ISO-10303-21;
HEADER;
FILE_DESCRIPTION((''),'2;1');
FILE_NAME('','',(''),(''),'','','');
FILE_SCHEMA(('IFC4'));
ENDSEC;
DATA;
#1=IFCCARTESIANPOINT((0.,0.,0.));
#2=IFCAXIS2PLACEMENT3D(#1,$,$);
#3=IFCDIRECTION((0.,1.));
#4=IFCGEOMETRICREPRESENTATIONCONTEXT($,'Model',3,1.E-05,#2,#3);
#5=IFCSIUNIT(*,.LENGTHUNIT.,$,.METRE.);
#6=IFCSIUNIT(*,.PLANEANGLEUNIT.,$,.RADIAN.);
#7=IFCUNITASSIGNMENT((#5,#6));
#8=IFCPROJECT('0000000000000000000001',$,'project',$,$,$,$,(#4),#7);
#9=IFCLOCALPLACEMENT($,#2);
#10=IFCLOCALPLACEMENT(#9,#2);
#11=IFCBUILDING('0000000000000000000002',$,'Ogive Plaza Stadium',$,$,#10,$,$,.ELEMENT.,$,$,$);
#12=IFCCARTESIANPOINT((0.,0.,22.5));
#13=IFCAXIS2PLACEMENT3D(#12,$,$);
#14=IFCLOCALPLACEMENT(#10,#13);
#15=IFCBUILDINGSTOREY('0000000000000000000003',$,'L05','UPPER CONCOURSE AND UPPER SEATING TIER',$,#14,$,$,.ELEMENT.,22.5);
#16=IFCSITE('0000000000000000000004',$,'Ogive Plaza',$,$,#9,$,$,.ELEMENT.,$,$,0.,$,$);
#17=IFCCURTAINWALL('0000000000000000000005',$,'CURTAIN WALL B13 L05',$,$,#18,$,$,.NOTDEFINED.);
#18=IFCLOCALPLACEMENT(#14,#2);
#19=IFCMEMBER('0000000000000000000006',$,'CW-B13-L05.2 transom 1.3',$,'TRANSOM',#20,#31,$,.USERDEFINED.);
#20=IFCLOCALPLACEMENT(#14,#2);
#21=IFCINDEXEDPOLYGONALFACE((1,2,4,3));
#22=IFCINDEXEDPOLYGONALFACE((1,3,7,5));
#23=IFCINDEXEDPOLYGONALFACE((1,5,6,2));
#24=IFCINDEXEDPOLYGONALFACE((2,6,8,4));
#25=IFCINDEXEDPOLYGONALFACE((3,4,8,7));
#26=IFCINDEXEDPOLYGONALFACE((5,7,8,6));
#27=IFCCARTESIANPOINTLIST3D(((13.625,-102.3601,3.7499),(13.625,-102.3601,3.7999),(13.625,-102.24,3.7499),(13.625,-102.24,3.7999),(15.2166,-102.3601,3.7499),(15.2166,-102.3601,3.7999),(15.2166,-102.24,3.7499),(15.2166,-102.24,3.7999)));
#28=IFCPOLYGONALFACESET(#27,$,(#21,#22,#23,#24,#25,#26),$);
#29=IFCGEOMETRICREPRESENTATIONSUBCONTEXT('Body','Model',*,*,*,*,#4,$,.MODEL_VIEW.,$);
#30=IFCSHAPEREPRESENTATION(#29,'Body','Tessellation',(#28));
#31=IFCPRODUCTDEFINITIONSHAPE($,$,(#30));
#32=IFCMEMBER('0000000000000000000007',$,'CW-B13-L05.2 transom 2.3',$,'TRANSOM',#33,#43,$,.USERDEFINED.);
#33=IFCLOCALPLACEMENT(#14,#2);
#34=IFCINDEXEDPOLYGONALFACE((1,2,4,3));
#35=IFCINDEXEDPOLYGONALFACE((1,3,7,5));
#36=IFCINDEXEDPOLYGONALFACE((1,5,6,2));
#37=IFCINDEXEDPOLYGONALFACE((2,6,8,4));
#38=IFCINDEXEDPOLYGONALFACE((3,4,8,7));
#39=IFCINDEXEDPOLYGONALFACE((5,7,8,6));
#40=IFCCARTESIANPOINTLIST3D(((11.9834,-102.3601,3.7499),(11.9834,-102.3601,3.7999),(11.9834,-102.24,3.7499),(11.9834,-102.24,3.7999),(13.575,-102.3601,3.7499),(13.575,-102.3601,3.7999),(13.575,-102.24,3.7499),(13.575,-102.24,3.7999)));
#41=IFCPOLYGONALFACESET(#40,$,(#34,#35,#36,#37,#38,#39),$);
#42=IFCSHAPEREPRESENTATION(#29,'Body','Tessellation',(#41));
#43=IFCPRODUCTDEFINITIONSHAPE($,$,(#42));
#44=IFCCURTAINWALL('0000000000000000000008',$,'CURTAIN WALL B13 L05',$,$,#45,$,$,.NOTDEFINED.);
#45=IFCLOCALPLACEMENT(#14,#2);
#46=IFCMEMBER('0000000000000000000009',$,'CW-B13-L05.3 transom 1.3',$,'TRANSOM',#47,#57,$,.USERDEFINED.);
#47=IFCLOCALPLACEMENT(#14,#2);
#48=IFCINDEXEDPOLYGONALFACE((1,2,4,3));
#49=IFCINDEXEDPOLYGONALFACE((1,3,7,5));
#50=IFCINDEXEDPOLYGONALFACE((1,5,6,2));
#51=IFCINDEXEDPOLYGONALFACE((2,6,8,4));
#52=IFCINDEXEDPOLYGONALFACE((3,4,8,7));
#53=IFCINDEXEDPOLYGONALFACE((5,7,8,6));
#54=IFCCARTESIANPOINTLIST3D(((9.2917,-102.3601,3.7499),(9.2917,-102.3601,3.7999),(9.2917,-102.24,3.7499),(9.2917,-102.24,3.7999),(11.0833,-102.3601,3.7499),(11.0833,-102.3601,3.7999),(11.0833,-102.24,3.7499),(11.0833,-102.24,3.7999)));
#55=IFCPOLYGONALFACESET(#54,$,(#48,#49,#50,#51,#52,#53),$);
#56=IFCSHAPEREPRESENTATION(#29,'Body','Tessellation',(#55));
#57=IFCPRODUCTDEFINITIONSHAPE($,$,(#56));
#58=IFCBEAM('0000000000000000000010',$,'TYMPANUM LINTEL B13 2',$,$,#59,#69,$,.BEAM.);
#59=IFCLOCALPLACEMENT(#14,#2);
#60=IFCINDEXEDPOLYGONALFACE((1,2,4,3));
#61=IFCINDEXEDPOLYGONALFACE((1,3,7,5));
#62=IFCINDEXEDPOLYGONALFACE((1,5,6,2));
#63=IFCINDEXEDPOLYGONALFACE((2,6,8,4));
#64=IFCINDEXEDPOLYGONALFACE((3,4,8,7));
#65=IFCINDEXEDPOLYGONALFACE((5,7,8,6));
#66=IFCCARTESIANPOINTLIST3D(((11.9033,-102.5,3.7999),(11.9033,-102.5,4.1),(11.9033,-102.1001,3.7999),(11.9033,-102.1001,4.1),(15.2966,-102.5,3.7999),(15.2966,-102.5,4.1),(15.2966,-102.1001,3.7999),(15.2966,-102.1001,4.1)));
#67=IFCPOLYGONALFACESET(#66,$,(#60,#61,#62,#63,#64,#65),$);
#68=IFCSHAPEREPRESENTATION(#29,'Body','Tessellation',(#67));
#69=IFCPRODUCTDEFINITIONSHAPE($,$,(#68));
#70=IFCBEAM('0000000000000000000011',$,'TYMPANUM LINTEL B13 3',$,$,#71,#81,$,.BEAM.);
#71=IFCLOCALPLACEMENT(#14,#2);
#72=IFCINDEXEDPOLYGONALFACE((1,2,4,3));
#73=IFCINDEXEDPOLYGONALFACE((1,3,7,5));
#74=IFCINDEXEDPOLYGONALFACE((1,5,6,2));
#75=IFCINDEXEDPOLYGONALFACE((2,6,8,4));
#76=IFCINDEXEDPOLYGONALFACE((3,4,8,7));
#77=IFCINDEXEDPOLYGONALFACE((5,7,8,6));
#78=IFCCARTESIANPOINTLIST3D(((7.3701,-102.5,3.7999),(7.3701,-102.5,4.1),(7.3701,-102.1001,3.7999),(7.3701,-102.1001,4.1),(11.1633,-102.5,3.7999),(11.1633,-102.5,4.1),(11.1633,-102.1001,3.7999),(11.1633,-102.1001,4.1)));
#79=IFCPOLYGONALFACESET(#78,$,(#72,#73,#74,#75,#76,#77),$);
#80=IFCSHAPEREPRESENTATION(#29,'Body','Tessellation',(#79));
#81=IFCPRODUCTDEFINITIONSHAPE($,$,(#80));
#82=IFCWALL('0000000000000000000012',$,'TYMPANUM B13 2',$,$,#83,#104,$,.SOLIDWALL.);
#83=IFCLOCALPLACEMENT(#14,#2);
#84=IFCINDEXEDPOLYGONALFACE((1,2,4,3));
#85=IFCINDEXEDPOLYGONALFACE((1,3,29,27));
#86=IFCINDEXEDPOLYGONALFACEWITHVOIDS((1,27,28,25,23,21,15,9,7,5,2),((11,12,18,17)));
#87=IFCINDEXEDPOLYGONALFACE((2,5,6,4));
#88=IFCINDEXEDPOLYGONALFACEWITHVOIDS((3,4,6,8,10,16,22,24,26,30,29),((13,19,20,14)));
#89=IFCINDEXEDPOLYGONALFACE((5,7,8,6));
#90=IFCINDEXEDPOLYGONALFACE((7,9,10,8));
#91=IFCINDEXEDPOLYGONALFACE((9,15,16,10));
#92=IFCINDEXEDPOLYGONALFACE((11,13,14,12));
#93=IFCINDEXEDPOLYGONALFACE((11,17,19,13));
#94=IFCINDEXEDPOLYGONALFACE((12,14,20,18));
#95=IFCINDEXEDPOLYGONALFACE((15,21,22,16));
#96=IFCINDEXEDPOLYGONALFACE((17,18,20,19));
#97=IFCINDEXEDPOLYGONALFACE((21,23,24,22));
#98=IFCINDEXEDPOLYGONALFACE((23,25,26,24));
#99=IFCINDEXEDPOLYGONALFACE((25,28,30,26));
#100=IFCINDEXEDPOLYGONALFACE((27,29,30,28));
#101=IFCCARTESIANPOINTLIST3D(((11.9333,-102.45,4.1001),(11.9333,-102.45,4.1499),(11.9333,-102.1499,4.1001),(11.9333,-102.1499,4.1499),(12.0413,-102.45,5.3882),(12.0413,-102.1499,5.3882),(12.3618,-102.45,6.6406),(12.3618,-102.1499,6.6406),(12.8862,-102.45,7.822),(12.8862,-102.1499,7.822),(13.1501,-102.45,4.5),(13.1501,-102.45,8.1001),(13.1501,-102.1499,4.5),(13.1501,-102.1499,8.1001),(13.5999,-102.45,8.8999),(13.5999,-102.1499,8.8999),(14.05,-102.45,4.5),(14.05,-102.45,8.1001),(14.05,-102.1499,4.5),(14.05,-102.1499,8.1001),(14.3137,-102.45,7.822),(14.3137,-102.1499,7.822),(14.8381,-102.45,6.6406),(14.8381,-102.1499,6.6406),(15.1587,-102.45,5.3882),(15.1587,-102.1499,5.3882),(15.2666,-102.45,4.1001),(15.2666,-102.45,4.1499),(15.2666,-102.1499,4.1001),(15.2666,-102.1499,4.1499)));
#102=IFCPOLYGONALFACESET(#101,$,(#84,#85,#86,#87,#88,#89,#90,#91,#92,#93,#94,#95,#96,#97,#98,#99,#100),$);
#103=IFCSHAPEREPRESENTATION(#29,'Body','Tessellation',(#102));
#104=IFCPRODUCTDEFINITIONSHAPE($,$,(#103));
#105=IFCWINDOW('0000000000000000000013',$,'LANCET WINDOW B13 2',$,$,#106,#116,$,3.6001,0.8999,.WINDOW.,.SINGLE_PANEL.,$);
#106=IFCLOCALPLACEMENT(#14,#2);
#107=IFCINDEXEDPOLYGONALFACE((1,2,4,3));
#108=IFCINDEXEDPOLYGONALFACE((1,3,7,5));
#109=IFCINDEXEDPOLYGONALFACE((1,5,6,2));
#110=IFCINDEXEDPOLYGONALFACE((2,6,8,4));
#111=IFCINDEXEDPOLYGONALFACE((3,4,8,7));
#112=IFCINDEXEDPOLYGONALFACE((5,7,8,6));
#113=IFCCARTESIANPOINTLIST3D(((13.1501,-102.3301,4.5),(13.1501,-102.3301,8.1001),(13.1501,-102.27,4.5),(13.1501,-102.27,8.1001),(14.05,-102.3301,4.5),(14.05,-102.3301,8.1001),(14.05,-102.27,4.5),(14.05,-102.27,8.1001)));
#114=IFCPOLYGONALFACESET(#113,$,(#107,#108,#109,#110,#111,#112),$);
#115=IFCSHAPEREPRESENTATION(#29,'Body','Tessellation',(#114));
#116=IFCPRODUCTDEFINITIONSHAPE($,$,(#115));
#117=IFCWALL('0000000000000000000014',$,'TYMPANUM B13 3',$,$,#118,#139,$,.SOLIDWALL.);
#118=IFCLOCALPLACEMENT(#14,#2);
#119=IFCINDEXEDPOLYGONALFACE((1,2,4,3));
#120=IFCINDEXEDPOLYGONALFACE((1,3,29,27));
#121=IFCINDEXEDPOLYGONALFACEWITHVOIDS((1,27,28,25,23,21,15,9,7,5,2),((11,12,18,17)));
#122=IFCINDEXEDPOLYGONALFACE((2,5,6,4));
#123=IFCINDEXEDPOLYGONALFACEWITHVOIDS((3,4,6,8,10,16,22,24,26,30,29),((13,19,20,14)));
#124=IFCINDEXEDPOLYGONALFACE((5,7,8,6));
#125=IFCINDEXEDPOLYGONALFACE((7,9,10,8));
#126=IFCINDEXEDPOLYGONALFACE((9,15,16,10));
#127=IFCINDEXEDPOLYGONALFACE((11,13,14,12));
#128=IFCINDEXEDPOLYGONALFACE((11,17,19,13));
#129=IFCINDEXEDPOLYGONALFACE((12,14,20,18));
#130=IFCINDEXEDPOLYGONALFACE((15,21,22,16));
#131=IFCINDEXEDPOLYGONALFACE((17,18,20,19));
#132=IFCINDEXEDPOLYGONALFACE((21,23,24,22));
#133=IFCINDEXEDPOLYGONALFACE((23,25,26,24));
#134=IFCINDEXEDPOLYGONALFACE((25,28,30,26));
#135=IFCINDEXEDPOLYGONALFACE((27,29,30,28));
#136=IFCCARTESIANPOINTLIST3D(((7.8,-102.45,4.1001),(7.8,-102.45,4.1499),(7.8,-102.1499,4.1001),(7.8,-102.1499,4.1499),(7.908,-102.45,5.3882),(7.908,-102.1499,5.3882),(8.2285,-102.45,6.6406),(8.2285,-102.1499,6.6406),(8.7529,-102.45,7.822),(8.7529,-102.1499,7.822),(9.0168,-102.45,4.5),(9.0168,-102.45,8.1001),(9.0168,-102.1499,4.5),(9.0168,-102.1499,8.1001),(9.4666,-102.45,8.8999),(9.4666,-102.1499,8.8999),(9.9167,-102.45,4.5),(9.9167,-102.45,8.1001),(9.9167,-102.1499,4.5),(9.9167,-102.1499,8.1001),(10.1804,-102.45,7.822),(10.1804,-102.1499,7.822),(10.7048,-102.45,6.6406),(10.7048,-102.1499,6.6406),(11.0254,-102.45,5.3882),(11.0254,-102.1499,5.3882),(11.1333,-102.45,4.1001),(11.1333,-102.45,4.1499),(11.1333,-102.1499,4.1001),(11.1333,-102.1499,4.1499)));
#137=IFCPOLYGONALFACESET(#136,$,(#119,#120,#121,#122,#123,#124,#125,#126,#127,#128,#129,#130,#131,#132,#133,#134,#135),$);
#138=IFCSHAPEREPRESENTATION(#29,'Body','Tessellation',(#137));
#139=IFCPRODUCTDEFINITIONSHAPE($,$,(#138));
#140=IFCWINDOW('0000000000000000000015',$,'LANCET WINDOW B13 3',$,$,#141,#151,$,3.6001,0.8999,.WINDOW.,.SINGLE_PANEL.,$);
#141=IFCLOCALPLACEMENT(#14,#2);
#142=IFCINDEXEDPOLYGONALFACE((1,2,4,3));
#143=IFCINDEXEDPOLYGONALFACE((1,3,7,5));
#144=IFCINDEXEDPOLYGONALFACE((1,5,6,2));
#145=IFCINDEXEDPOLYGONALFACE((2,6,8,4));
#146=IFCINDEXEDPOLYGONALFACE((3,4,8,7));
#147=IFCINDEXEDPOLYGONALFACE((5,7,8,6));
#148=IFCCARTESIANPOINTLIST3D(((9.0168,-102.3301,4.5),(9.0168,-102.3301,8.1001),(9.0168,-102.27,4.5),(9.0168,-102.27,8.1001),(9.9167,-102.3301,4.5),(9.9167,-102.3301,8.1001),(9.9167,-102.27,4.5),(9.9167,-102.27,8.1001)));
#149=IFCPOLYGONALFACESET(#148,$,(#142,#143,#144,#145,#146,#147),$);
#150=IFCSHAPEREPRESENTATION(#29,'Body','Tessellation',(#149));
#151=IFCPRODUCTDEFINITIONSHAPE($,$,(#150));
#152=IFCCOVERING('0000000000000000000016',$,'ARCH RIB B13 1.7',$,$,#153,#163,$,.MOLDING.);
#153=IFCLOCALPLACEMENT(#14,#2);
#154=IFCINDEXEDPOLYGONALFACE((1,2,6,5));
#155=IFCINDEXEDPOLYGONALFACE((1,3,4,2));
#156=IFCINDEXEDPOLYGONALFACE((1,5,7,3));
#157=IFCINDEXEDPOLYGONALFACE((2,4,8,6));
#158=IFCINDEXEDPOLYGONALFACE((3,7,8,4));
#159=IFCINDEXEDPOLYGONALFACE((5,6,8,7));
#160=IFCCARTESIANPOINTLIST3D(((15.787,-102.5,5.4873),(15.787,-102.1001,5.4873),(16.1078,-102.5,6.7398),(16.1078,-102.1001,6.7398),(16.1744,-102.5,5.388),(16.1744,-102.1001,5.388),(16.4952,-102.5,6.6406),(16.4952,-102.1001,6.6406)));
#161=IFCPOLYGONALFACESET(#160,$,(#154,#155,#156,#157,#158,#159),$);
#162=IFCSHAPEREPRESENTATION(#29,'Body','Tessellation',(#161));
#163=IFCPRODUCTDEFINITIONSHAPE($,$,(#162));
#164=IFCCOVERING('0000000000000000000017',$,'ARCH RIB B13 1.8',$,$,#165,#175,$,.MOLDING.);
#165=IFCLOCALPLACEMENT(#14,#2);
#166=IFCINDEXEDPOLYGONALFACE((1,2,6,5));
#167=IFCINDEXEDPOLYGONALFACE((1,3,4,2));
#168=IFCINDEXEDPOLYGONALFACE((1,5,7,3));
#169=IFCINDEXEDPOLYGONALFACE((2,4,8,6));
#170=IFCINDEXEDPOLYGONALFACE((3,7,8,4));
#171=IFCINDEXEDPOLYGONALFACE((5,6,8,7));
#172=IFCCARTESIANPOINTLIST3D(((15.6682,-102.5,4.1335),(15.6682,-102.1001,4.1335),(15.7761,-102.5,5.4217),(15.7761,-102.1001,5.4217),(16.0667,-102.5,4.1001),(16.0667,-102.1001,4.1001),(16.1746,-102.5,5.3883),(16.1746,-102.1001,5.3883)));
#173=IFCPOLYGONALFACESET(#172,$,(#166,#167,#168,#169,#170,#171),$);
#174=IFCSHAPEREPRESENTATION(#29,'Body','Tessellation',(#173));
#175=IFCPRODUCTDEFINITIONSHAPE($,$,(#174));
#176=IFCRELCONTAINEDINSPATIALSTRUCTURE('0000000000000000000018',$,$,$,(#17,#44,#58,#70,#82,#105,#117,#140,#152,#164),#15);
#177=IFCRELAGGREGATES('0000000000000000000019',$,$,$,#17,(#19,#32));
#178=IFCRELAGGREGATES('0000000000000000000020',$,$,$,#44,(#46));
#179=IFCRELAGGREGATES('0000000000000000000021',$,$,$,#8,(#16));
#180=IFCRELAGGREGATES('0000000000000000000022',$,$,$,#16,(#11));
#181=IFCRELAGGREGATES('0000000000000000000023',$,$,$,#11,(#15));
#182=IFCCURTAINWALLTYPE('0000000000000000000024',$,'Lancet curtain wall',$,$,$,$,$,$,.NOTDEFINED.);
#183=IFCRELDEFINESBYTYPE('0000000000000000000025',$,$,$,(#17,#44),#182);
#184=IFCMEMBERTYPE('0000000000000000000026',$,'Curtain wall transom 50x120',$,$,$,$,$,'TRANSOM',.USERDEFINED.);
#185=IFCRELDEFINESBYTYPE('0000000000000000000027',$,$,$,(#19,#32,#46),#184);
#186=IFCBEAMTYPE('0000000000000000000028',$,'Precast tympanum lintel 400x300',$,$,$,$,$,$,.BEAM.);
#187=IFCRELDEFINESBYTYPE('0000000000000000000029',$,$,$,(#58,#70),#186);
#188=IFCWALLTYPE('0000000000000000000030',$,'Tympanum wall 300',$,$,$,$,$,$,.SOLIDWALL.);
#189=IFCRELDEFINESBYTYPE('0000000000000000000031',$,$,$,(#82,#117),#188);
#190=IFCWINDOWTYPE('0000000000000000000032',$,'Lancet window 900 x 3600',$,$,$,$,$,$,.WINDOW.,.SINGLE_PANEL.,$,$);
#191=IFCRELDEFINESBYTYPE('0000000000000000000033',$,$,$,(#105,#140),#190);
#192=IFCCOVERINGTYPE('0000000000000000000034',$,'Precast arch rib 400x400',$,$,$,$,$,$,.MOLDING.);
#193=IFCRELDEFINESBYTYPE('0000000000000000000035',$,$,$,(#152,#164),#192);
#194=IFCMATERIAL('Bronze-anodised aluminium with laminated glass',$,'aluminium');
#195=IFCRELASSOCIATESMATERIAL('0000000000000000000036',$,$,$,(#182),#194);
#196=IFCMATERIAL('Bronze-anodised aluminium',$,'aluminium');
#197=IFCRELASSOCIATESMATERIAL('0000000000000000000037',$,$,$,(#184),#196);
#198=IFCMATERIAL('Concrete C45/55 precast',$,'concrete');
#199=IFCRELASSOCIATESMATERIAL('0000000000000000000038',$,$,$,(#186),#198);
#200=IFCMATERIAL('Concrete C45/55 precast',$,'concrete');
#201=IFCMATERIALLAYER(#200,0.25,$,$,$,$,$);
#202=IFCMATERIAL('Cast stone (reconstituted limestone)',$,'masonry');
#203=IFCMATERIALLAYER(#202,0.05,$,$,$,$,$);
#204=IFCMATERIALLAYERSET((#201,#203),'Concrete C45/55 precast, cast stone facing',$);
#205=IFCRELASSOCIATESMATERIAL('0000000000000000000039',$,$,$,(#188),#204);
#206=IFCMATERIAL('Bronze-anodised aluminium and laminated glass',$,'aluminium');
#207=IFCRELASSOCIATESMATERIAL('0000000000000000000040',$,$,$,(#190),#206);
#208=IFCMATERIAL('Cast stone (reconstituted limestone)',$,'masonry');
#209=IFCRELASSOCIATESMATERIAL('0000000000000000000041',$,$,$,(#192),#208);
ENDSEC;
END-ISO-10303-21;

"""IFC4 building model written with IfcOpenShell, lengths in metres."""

from ifc_helpers import new_model, si_unit, direction, frame, frame_2d, origin, origin_2d, place, context, subcontext, project, spatial, polyline, rectangle, outline, extrude, material, layer, layer_set, material_profile, profile_set, type_object, element, fill, aggregate, save


model = new_model("IFC4")

# Units and contexts
model_context = context("Model", 3, precision=1e-05, world=origin(), true_north=direction((0.0, 1.0)))
body_context = subcontext(model_context, "Body", "Model", "MODEL_VIEW")
ifc_project = project(units=[si_unit("LENGTHUNIT", "METRE"), si_unit("PLANEANGLEUNIT", "RADIAN")], contexts=[model_context])

# Site, building, storey
site_placement = place(None, origin())
site = spatial("IfcSite", under=ifc_project, at=site_placement, Name="Ogive Plaza", CompositionType="ELEMENT", RefElevation=0.0)
building_placement = place(site_placement, origin())
building = spatial("IfcBuilding", under=site, at=building_placement, Name="Ogive Plaza Stadium", CompositionType="ELEMENT")
storey_placement = place(building_placement, frame((0.0, 0.0, 22.5)))
storey = spatial("IfcBuildingStorey", under=building, at=storey_placement, Name="L05", Description="UPPER CONCOURSE AND UPPER SEATING TIER", CompositionType="ELEMENT", Elevation=22.5)

# Curtain wall, members
ifc_material_1 = material(Name="Bronze-anodised aluminium with laminated glass", Category="aluminium")
curtain_wall_type = type_object("IfcCurtainWallType", Name="Lancet curtain wall", PredefinedType="NOTDEFINED", material=ifc_material_1)
curtain_wall_1_placement = place(storey_placement, origin())
curtain_wall_1 = element("IfcCurtainWall", 1, at=curtain_wall_1_placement, inside=storey, type_object=curtain_wall_type, Name="CURTAIN WALL B13 L05", PredefinedType="NOTDEFINED")
ifc_material_2 = material(Name="Bronze-anodised aluminium", Category="aluminium")
ifc_material_profile_1 = material_profile(ifc_material_2, rectangle(XDim=0.1201, YDim=0.05, at=origin_2d()), Name="AL 120x50")
ifc_profile_set_1 = profile_set([ifc_material_profile_1], Name="Bronze-anodised aluminium")
member_type = type_object("IfcMemberType", Name="Curtain wall transom 50x120", ElementType="TRANSOM", PredefinedType="USERDEFINED", material=ifc_profile_set_1)
member_1_placement = place(storey_placement, frame((15.2166, -102.3, 3.7749), z_axis=(-1.0, 0.0, 0.0), x_axis=(0.0, -1.0, 0.0)))
member_1 = element("IfcMember", 2, at=member_1_placement, type_object=member_type, Name="CW-B13-L05.2 transom 1.3", ObjectType="TRANSOM", PredefinedType="USERDEFINED", context=body_context, shape_type="SweptSolid", body=[
    extrude(rectangle(XDim=0.1201, YDim=0.05, at=origin_2d()), origin(), (0.0, 0.0, 1.0), 1.5916),
])
member_2_placement = place(storey_placement, frame((13.575, -102.3, 3.7749), z_axis=(-1.0, 0.0, 0.0), x_axis=(0.0, -1.0, 0.0)))
member_2 = element("IfcMember", 3, at=member_2_placement, type_object=member_type, Name="CW-B13-L05.2 transom 2.3", ObjectType="TRANSOM", PredefinedType="USERDEFINED", context=body_context, shape_type="SweptSolid", body=[
    extrude(rectangle(XDim=0.1201, YDim=0.05, at=origin_2d()), origin(), (0.0, 0.0, 1.0), 1.5916),
])
aggregate(curtain_wall_1, [member_1, member_2])

# Curtain wall, member
curtain_wall_2_placement = place(storey_placement, origin())
curtain_wall_2 = element("IfcCurtainWall", 4, at=curtain_wall_2_placement, inside=storey, type_object=curtain_wall_type, Name="CURTAIN WALL B13 L05", PredefinedType="NOTDEFINED")
member_3_placement = place(storey_placement, frame((11.0833, -102.3, 3.7749), z_axis=(-1.0, 0.0, 0.0), x_axis=(0.0, -1.0, 0.0)))
member_3 = element("IfcMember", 5, at=member_3_placement, type_object=member_type, Name="CW-B13-L05.3 transom 1.3", ObjectType="TRANSOM", PredefinedType="USERDEFINED", context=body_context, shape_type="SweptSolid", body=[
    extrude(rectangle(XDim=0.1201, YDim=0.05, at=origin_2d()), origin(), (0.0, 0.0, 1.0), 1.7915),
])
aggregate(curtain_wall_2, [member_3])

# Beams
ifc_material_3 = material(Name="Concrete C45/55 precast", Category="concrete")
ifc_material_profile_2 = material_profile(ifc_material_3, rectangle(XDim=0.3999, YDim=0.3, at=origin_2d()), Name="RC 400x300")
ifc_profile_set_2 = profile_set([ifc_material_profile_2], Name="Concrete C45/55 precast")
beam_type = type_object("IfcBeamType", Name="Precast tympanum lintel 400x300", PredefinedType="BEAM", material=ifc_profile_set_2)
beam_1_placement = place(storey_placement, frame((15.2966, -102.3, 3.95), z_axis=(-1.0, 0.0, 0.0), x_axis=(0.0, -1.0, 0.0)))
element("IfcBeam", 6, at=beam_1_placement, inside=storey, type_object=beam_type, Name="TYMPANUM LINTEL B13 2", PredefinedType="BEAM", context=body_context, shape_type="SweptSolid", body=[
    extrude(rectangle(XDim=0.3999, YDim=0.3, at=origin_2d()), origin(), (0.0, 0.0, 1.0), 3.3933),
])
beam_2_placement = place(storey_placement, frame((11.1633, -102.3, 3.95), z_axis=(-1.0, 0.0, 0.0), x_axis=(0.0, -1.0, 0.0)))
element("IfcBeam", 7, at=beam_2_placement, inside=storey, type_object=beam_type, Name="TYMPANUM LINTEL B13 3", PredefinedType="BEAM", context=body_context, shape_type="SweptSolid", body=[
    extrude(rectangle(XDim=0.3999, YDim=0.3, at=origin_2d()), origin(), (0.0, 0.0, 1.0), 3.7932),
])

# Walls, openings, windows
ifc_material_4 = material(Name="Concrete C45/55 precast", Category="concrete")
ifc_layer_1 = layer(ifc_material_4, 0.25)
ifc_material_5 = material(Name="Cast stone (reconstituted limestone)", Category="masonry")
ifc_layer_2 = layer(ifc_material_5, 0.05)
ifc_layer_set = layer_set([ifc_layer_1, ifc_layer_2], Name="Concrete C45/55 precast, cast stone facing")
wall_type = type_object("IfcWallType", Name="Tympanum wall 300", PredefinedType="SOLIDWALL", material=ifc_layer_set)
wall_1_placement = place(storey_placement, frame((15.2666, -102.3, 4.1001), z_axis=(0.0, 0.0, 1.0), x_axis=(-1.0, 0.0, 0.0)))
wall_1 = element("IfcWall", 8, at=wall_1_placement, inside=storey, type_object=wall_type, Name="TYMPANUM B13 2", PredefinedType="SOLIDWALL", context=body_context, shape_type="SweptSolid", body=[
    extrude(outline(polyline([(0.0, 0.0), (3.3333, 0.0), (3.3333, 0.0498), (3.2253, 1.2881), (2.9048, 2.5405), (2.3804, 3.7219), (1.6667, 4.7998), (0.9529, 3.7219), (0.4285, 2.5405), (0.1079, 1.2881), (0.0, 0.0498), (0.0, 0.0)])), frame((0.0, 0.1499, 0.0), z_axis=(0.0, -1.0, 0.0), x_axis=(1.0, 0.0, 0.0)), (0.0, 0.0, 1.0), 0.3),
])
opening_1_placement = place(wall_1_placement, frame((1.2166, 0.0, 0.3999)))
opening_1 = element("IfcOpeningElement", 9, at=opening_1_placement, cuts=wall_1, PredefinedType="OPENING", context=body_context, shape_type="SweptSolid", body=[
    extrude(rectangle(XDim=0.8999, YDim=3.6001, at=frame_2d((0.45, 1.8))), frame((0.0, 0.1602, 0.0), z_axis=(0.0, -1.0, 0.0), x_axis=(1.0, 0.0, 0.0)), (0.0, 0.0, 1.0), 0.3201),
])
ifc_material_6 = material(Name="Bronze-anodised aluminium and laminated glass", Category="aluminium")
window_type = type_object("IfcWindowType", Name="Lancet window 900 x 3600", PartitioningType="SINGLE_PANEL", PredefinedType="WINDOW", material=ifc_material_6)
window_1_placement = place(opening_1_placement, origin())
window_1 = element("IfcWindow", 10, at=window_1_placement, inside=storey, type_object=window_type, Name="LANCET WINDOW B13 2", OverallHeight=3.6001, OverallWidth=0.8999, PartitioningType="SINGLE_PANEL", PredefinedType="WINDOW", context=body_context, shape_type="SweptSolid", body=[
    extrude(rectangle(XDim=0.8999, YDim=3.6001, at=frame_2d((0.45, 1.8))), frame((0.0, 0.03, 0.0), z_axis=(0.0, -1.0, 0.0), x_axis=(1.0, 0.0, 0.0)), (0.0, 0.0, 1.0), 0.0601),
])
fill(opening_1, window_1)
wall_2_placement = place(storey_placement, frame((11.1333, -102.3, 4.1001), z_axis=(0.0, 0.0, 1.0), x_axis=(-1.0, 0.0, 0.0)))
wall_2 = element("IfcWall", 11, at=wall_2_placement, inside=storey, type_object=wall_type, Name="TYMPANUM B13 3", PredefinedType="SOLIDWALL", context=body_context, shape_type="SweptSolid", body=[
    extrude(outline(polyline([(0.0, 0.0), (3.3333, 0.0), (3.3333, 0.0498), (3.2253, 1.2881), (2.9048, 2.5405), (2.3804, 3.7219), (1.6667, 4.7998), (0.9529, 3.7219), (0.4285, 2.5405), (0.1079, 1.2881), (0.0, 0.0498), (0.0, 0.0)])), frame((0.0, 0.1499, 0.0), z_axis=(0.0, -1.0, 0.0), x_axis=(1.0, 0.0, 0.0)), (0.0, 0.0, 1.0), 0.3),
])
opening_2_placement = place(wall_2_placement, frame((1.2166, 0.0, 0.3999)))
opening_2 = element("IfcOpeningElement", 12, at=opening_2_placement, cuts=wall_2, PredefinedType="OPENING", context=body_context, shape_type="SweptSolid", body=[
    extrude(rectangle(XDim=0.8999, YDim=3.6001, at=frame_2d((0.45, 1.8))), frame((0.0, 0.1602, 0.0), z_axis=(0.0, -1.0, 0.0), x_axis=(1.0, 0.0, 0.0)), (0.0, 0.0, 1.0), 0.3201),
])
window_2_placement = place(opening_2_placement, origin())
window_2 = element("IfcWindow", 13, at=window_2_placement, inside=storey, type_object=window_type, Name="LANCET WINDOW B13 3", OverallHeight=3.6001, OverallWidth=0.8999, PartitioningType="SINGLE_PANEL", PredefinedType="WINDOW", context=body_context, shape_type="SweptSolid", body=[
    extrude(rectangle(XDim=0.8999, YDim=3.6001, at=frame_2d((0.45, 1.8))), frame((0.0, 0.03, 0.0), z_axis=(0.0, -1.0, 0.0), x_axis=(1.0, 0.0, 0.0)), (0.0, 0.0, 1.0), 0.0601),
])
fill(opening_2, window_2)

# Coverings
ifc_material_7 = material(Name="Cast stone (reconstituted limestone)", Category="masonry")
ifc_material_profile_3 = material_profile(ifc_material_7, rectangle(XDim=0.3999, YDim=0.3999, at=origin_2d()), Name="Cast stone 400x400")
ifc_profile_set_3 = profile_set([ifc_material_profile_3], Name="Cast stone (reconstituted limestone)")
covering_type = type_object("IfcCoveringType", Name="Precast arch rib 400x400", PredefinedType="MOLDING", material=ifc_profile_set_3)
covering_placement = place(storey_placement, frame((16.3015, -102.3, 6.6902), z_axis=(-0.24813, 0.0, -0.968727), x_axis=(0.0, -1.0, 0.0)))
element("IfcCovering", 14, at=covering_placement, inside=storey, type_object=covering_type, Name="ARCH RIB B13 1.7", PredefinedType="MOLDING", context=body_context, shape_type="SweptSolid", body=[
    extrude(rectangle(XDim=0.3999, YDim=0.3999, at=origin_2d()), origin(), (0.0, 0.0, 1.0), 1.293),
])
for number, where, z_axis, x_axis, name in (
    (15, (15.9753, -102.3, 5.405), (-0.083467, 0.0, -0.996511), (0.0, -1.0, 0.0), "ARCH RIB B13 1.8"),
):
    element("IfcCovering", number, at=place(storey_placement, frame(where, z_axis=z_axis, x_axis=x_axis)), inside=storey, type_object=covering_type, Name=name, PredefinedType="MOLDING", context=body_context, shape_type="SweptSolid", body=[
        extrude(rectangle(XDim=0.3999, YDim=0.3999, at=origin_2d()), origin(), (0.0, 0.0, 1.0), 1.2927),
    ])

save(model, "model.ifc")
